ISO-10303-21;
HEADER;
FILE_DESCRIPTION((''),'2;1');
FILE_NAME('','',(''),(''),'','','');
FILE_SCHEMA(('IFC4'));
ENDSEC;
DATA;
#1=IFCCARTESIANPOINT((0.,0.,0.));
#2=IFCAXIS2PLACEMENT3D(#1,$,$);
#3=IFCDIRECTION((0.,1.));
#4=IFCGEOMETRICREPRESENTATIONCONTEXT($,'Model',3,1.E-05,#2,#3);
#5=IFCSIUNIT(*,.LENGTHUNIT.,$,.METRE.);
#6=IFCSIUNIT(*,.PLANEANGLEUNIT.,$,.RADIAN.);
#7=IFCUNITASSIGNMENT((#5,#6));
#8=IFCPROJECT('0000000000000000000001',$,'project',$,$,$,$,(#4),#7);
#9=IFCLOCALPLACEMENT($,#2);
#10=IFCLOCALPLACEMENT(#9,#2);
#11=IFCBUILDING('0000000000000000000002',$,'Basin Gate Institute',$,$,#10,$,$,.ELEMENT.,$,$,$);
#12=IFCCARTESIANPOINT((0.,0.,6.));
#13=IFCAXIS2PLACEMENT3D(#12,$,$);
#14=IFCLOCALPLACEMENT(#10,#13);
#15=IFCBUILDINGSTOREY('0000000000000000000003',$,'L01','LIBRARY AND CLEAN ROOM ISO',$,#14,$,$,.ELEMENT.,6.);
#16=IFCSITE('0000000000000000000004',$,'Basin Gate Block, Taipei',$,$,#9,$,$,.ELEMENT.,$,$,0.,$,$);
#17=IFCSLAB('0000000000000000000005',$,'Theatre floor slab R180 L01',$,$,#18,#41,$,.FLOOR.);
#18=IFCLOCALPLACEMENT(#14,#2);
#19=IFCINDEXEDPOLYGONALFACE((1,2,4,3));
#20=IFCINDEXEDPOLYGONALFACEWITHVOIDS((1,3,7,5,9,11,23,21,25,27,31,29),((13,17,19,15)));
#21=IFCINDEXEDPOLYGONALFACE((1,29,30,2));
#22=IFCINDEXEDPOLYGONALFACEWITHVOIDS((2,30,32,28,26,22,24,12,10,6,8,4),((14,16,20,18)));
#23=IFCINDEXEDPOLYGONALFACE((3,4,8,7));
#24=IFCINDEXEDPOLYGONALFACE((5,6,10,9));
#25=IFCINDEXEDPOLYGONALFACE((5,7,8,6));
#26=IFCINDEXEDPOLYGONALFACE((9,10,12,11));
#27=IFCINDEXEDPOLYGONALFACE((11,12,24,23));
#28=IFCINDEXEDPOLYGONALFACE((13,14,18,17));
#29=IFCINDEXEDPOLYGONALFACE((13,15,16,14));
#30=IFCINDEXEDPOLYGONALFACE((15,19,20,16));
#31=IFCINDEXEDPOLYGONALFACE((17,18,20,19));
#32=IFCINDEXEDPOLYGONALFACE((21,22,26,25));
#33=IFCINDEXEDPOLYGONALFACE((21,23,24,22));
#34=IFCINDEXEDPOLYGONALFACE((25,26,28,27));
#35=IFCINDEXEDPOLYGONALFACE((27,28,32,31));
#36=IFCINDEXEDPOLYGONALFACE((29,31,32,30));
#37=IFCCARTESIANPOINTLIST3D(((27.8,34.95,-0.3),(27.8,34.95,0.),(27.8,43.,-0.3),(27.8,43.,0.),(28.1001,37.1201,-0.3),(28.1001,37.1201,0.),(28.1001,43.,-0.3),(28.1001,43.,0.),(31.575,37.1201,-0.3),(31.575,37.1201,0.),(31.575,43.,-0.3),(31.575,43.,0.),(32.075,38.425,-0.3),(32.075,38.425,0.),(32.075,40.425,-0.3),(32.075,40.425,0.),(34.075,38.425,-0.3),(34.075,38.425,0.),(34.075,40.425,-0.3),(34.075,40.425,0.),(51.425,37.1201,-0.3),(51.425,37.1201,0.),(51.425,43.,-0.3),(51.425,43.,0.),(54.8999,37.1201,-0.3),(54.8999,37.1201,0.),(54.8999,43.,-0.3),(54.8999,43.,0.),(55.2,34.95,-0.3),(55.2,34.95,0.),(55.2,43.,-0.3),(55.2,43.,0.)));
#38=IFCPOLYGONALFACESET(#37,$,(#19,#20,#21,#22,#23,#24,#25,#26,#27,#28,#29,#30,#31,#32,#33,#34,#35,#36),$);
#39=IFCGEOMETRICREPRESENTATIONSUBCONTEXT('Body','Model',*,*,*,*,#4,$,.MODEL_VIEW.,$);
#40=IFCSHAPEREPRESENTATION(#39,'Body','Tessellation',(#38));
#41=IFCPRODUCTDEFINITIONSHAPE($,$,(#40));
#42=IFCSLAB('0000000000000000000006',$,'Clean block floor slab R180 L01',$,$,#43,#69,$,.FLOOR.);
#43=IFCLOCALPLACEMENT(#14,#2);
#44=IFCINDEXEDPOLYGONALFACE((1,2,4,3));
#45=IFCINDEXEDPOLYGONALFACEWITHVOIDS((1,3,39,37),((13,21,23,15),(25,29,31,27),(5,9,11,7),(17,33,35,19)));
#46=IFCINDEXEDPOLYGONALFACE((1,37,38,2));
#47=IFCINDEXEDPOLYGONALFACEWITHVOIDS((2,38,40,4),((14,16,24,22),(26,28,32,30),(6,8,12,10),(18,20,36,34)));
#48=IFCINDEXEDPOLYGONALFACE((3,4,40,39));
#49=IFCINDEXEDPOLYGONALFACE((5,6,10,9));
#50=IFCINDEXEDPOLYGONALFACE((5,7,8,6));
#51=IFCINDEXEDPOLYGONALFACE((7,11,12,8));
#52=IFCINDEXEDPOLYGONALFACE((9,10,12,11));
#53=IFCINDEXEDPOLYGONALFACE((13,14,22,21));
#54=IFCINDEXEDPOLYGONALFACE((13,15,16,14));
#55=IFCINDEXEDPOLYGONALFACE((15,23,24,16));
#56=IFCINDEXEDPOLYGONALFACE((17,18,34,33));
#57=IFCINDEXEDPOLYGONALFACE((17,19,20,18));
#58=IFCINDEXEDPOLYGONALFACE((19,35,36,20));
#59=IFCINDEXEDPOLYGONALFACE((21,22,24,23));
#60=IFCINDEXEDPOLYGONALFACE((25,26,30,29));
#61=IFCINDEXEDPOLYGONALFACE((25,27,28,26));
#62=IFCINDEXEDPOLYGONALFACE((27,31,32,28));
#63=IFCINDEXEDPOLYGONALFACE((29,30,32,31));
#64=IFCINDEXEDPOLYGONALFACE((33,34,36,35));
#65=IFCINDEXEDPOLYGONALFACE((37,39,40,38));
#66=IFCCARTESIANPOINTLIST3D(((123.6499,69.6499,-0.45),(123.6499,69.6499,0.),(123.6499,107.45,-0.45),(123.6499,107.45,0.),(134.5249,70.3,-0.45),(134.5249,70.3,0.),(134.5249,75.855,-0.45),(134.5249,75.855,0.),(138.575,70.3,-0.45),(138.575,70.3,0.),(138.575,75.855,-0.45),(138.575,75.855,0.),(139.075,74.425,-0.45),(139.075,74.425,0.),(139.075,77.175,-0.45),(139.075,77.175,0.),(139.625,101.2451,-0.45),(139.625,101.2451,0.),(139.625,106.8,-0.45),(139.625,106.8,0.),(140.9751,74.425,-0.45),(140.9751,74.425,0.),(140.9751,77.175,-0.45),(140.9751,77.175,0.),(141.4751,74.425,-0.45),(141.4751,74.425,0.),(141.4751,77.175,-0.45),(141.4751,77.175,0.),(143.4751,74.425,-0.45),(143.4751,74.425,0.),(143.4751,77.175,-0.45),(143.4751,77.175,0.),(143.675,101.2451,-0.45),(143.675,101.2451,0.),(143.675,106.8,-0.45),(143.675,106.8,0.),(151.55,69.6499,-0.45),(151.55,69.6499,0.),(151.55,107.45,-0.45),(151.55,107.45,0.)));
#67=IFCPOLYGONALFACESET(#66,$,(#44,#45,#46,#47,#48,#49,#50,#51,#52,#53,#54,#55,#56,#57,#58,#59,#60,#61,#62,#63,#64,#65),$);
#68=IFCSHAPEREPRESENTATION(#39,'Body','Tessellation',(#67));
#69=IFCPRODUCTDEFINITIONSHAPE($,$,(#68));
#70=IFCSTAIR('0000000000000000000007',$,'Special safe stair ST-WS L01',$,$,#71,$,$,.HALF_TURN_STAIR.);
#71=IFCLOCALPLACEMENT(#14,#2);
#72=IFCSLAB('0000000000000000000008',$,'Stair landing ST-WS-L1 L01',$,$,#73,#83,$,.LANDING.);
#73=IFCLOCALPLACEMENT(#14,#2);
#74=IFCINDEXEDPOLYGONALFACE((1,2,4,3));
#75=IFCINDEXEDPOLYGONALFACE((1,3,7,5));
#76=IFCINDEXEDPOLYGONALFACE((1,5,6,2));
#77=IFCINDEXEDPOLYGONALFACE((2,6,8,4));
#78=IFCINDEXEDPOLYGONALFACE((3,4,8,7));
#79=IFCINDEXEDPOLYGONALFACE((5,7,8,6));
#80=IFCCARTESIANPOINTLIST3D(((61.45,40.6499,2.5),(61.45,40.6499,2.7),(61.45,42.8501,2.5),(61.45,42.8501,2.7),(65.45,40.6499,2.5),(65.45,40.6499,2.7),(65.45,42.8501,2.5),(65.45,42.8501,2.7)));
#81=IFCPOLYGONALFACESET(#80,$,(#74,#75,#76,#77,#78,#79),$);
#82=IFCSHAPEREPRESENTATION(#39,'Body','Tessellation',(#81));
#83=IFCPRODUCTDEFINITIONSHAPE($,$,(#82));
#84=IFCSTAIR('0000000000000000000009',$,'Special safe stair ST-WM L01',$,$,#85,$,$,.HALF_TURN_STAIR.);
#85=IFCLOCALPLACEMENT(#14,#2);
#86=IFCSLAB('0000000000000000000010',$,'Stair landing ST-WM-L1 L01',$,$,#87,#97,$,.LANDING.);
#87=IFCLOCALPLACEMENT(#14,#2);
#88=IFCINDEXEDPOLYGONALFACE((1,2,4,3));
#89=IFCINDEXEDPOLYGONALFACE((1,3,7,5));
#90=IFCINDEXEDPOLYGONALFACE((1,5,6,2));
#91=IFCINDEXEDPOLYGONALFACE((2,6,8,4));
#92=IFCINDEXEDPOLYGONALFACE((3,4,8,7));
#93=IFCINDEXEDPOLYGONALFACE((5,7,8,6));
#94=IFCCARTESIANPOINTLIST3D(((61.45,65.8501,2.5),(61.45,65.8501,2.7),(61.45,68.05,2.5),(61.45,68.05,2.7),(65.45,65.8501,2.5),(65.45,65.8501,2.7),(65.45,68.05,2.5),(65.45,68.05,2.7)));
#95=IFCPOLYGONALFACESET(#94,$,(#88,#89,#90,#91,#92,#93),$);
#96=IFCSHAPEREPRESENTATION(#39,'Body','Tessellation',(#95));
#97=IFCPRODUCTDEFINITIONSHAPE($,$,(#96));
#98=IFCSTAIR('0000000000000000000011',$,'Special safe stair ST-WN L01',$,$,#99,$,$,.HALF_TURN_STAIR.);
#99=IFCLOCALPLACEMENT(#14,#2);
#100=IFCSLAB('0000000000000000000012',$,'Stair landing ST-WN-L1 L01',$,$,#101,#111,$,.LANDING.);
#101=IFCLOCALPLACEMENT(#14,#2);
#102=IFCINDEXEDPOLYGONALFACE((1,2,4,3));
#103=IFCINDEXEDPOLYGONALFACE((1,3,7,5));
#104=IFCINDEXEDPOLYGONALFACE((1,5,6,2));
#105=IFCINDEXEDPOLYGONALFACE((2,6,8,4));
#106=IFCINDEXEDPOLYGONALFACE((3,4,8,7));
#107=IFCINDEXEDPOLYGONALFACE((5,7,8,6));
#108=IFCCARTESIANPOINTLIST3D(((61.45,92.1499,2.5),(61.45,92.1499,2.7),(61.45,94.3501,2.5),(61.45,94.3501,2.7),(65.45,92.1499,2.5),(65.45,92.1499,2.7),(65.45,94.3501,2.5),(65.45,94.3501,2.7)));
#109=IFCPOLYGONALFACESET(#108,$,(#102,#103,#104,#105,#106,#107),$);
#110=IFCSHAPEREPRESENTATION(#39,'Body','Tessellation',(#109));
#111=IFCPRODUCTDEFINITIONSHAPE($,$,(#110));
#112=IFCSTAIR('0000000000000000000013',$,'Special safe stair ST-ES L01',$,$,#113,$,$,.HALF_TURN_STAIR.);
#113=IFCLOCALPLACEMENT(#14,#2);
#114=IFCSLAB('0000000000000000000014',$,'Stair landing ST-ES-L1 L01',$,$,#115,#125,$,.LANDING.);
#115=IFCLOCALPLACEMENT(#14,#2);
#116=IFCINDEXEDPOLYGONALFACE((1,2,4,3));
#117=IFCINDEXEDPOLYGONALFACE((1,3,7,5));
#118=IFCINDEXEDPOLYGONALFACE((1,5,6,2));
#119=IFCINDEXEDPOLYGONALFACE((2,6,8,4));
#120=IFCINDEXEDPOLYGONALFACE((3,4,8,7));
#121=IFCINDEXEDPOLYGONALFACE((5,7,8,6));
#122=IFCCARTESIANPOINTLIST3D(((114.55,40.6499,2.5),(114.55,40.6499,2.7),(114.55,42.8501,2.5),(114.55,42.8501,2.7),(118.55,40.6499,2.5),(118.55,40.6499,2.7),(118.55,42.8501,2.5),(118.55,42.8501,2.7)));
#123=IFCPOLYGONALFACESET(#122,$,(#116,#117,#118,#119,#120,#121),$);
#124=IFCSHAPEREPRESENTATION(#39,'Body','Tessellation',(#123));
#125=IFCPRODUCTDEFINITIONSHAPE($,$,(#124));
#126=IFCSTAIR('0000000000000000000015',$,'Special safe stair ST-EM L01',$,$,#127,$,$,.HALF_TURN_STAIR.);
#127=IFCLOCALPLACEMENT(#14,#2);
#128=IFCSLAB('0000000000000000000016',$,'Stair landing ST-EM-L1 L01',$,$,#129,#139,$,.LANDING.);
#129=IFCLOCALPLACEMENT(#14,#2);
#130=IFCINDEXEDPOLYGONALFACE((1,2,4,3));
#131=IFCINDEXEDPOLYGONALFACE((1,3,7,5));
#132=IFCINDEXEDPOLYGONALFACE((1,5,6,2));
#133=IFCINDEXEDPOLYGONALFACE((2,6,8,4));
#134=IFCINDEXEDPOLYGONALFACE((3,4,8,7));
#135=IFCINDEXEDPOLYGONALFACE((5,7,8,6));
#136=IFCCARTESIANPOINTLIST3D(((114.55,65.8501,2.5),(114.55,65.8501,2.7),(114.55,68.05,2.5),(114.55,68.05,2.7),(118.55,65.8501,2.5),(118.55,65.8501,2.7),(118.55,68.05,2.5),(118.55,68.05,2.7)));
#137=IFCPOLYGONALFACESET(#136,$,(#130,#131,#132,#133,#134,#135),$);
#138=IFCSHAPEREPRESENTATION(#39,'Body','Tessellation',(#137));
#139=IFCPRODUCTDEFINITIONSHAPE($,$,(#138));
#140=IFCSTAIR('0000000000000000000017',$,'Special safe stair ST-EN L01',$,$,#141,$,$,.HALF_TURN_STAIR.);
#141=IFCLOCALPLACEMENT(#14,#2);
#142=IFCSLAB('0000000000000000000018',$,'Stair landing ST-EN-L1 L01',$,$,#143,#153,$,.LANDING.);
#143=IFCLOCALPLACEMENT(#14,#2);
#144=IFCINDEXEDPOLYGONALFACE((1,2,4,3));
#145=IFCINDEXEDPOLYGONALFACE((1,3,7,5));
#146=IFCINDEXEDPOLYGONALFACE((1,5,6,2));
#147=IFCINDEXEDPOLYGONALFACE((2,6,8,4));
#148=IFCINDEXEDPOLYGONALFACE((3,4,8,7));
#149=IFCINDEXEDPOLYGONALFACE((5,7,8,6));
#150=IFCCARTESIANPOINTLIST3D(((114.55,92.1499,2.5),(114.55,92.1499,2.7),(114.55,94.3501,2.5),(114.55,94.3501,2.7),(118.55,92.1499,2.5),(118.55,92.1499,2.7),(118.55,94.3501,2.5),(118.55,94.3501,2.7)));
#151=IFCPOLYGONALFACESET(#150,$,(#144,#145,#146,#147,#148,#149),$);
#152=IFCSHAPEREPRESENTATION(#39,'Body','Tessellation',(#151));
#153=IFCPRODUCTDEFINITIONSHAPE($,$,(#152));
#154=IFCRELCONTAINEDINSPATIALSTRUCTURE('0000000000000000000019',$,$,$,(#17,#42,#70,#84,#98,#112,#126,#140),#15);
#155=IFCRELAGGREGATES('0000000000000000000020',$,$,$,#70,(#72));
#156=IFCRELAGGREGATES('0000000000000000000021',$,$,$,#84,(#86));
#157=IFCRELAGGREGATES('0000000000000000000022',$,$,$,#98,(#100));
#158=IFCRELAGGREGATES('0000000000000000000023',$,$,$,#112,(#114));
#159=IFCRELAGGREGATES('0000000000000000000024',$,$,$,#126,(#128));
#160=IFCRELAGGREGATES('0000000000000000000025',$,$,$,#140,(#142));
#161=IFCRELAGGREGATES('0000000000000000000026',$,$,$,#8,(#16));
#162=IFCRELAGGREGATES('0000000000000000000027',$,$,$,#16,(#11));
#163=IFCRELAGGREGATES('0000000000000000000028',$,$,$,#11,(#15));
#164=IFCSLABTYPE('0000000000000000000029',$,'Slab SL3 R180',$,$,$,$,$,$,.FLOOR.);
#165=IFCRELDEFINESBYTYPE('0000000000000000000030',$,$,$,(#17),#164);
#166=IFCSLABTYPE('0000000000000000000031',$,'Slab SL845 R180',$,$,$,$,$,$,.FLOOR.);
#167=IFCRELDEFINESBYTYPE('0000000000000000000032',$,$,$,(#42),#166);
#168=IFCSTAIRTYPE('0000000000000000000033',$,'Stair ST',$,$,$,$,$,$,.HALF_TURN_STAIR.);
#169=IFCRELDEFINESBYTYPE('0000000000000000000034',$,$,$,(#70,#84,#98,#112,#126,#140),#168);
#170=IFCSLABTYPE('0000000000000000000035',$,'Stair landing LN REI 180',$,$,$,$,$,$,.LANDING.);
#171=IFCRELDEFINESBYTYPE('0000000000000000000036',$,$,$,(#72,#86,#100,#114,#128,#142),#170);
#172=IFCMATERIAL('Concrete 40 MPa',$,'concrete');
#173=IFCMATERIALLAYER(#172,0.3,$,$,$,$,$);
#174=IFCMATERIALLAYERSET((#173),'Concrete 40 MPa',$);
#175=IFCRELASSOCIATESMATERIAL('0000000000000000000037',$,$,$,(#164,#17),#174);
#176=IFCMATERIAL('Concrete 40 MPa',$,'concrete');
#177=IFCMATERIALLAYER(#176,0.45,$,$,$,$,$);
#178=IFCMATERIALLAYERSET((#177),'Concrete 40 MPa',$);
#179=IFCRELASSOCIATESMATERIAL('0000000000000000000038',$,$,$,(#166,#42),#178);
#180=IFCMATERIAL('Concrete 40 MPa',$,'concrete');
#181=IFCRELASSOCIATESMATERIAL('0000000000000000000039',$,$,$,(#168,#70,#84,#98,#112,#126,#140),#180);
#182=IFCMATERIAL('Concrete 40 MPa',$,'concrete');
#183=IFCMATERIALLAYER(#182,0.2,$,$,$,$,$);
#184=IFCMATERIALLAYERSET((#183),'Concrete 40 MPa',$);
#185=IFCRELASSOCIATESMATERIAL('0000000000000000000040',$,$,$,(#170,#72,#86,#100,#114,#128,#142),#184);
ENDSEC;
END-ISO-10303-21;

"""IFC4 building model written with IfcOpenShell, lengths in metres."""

from ifc_helpers import new_model, si_unit, direction, frame, origin, place, context, subcontext, project, spatial, polyline, outline, extrude, material, layer, layer_set, type_object, element, aggregate, save


model = new_model("IFC4")

# Units and contexts
model_context = context("Model", 3, precision=1e-05, world=origin(), true_north=direction((0.0, 1.0)))
body_context = subcontext(model_context, "Body", "Model", "MODEL_VIEW")
ifc_project = project(units=[si_unit("LENGTHUNIT", "METRE"), si_unit("PLANEANGLEUNIT", "RADIAN")], contexts=[model_context])

# Site, building, storey
site_placement = place(None, origin())
site = spatial("IfcSite", under=ifc_project, at=site_placement, Name="Basin Gate Block, Taipei", CompositionType="ELEMENT", RefElevation=0.0)
building_placement = place(site_placement, origin())
building = spatial("IfcBuilding", under=site, at=building_placement, Name="Basin Gate Institute", CompositionType="ELEMENT")
storey_placement = place(building_placement, frame((0.0, 0.0, 6.0)))
storey = spatial("IfcBuildingStorey", under=building, at=storey_placement, Name="L01", Description="LIBRARY AND CLEAN ROOM ISO", CompositionType="ELEMENT", Elevation=6.0)

# Slabs
ifc_material_1 = material(Name="Concrete 40 MPa", Category="concrete")
ifc_layer_1 = layer(ifc_material_1, 0.3)
ifc_layer_set_1 = layer_set([ifc_layer_1], Name="Concrete 40 MPa")
slab_type_1 = type_object("IfcSlabType", Name="Slab SL3 R180", PredefinedType="FLOOR", material=ifc_layer_set_1)
slab_1_placement = place(storey_placement, frame((0.0, 0.0, -0.3)))
element("IfcSlab", 1, at=slab_1_placement, inside=storey, type_object=slab_type_1, material=ifc_layer_set_1, Name="Theatre floor slab R180 L01", PredefinedType="FLOOR", context=body_context, shape_type="SweptSolid", body=[
    extrude(outline(polyline([(55.2, 43.0), (54.8999, 43.0), (54.8999, 37.1201), (51.425, 37.1201), (51.425, 43.0), (31.575, 43.0), (31.575, 37.1201), (28.1001, 37.1201), (28.1001, 43.0), (27.8, 43.0), (27.8, 34.95), (55.2, 34.95), (55.2, 43.0)]), holes=[polyline([(32.075, 38.425), (32.075, 40.425), (34.075, 40.425), (34.075, 38.425), (32.075, 38.425)])]), origin(), (0.0, 0.0, 1.0), 0.3),
])
ifc_material_2 = material(Name="Concrete 40 MPa", Category="concrete")
ifc_layer_2 = layer(ifc_material_2, 0.45)
ifc_layer_set_2 = layer_set([ifc_layer_2], Name="Concrete 40 MPa")
slab_type_2 = type_object("IfcSlabType", Name="Slab SL845 R180", PredefinedType="FLOOR", material=ifc_layer_set_2)
slab_2_placement = place(storey_placement, frame((0.0, 0.0, -0.45)))
element("IfcSlab", 2, at=slab_2_placement, inside=storey, type_object=slab_type_2, material=ifc_layer_set_2, Name="Clean block floor slab R180 L01", PredefinedType="FLOOR", context=body_context, shape_type="SweptSolid", body=[
    extrude(outline(polyline([(123.6499, 107.45), (123.6499, 69.6499), (151.55, 69.6499), (151.55, 107.45), (123.6499, 107.45)]), holes=[polyline([(134.5249, 75.855), (138.575, 75.855), (138.575, 70.3), (134.5249, 70.3), (134.5249, 75.855)]), polyline([(139.075, 77.175), (140.9751, 77.175), (140.9751, 74.425), (139.075, 74.425), (139.075, 77.175)]), polyline([(141.4751, 77.175), (143.4751, 77.175), (143.4751, 74.425), (141.4751, 74.425), (141.4751, 77.175)]), polyline([(139.625, 106.8), (143.675, 106.8), (143.675, 101.2451), (139.625, 101.2451), (139.625, 106.8)])]), origin(), (0.0, 0.0, 1.0), 0.45),
])

# Stairs, slabs
ifc_material_3 = material(Name="Concrete 40 MPa", Category="concrete")
stair_type_1 = type_object("IfcStairType", Name="Stair ST", PredefinedType="HALF_TURN_STAIR", material=ifc_material_3)
stair_1_placement = place(storey_placement, origin())
stair_1 = element("IfcStair", 3, at=stair_1_placement, inside=storey, type_object=stair_type_1, material=ifc_material_3, Name="Special safe stair ST-WS L01", PredefinedType="HALF_TURN_STAIR")
ifc_material_4 = material(Name="Concrete 40 MPa", Category="concrete")
ifc_layer_3 = layer(ifc_material_4, 0.2)
ifc_layer_set_3 = layer_set([ifc_layer_3], Name="Concrete 40 MPa")
slab_type_3 = type_object("IfcSlabType", Name="Stair landing LN REI 180", PredefinedType="LANDING", material=ifc_layer_set_3)
slab_3_placement = place(storey_placement, frame((0.0, 0.0, 2.5)))
slab_3 = element("IfcSlab", 4, at=slab_3_placement, type_object=slab_type_3, material=ifc_layer_set_3, Name="Stair landing ST-WS-L1 L01", PredefinedType="LANDING", context=body_context, shape_type="SweptSolid", body=[
    extrude(outline(polyline([(61.45, 40.6499), (65.45, 40.6499), (65.45, 42.8501), (61.45, 42.8501), (61.45, 40.6499)])), origin(), (0.0, 0.0, 1.0), 0.2),
])
aggregate(stair_1, [slab_3])
stair_2_placement = place(storey_placement, origin())
stair_2 = element("IfcStair", 5, at=stair_2_placement, inside=storey, type_object=stair_type_1, material=ifc_material_3, Name="Special safe stair ST-WM L01", PredefinedType="HALF_TURN_STAIR")
slab_4_placement = place(storey_placement, frame((0.0, 0.0, 2.5)))
slab_4 = element("IfcSlab", 6, at=slab_4_placement, type_object=slab_type_3, material=ifc_layer_set_3, Name="Stair landing ST-WM-L1 L01", PredefinedType="LANDING", context=body_context, shape_type="SweptSolid", body=[
    extrude(outline(polyline([(61.45, 65.8501), (65.45, 65.8501), (65.45, 68.05), (61.45, 68.05), (61.45, 65.8501)])), origin(), (0.0, 0.0, 1.0), 0.2),
])
aggregate(stair_2, [slab_4])
stair_3_placement = place(storey_placement, origin())
stair_3 = element("IfcStair", 7, at=stair_3_placement, inside=storey, type_object=stair_type_1, material=ifc_material_3, Name="Special safe stair ST-WN L01", PredefinedType="HALF_TURN_STAIR")
slab_5_placement = place(storey_placement, frame((0.0, 0.0, 2.5)))
slab_5 = element("IfcSlab", 8, at=slab_5_placement, type_object=slab_type_3, material=ifc_layer_set_3, Name="Stair landing ST-WN-L1 L01", PredefinedType="LANDING", context=body_context, shape_type="SweptSolid", body=[
    extrude(outline(polyline([(61.45, 92.1499), (65.45, 92.1499), (65.45, 94.3501), (61.45, 94.3501), (61.45, 92.1499)])), origin(), (0.0, 0.0, 1.0), 0.2),
])
aggregate(stair_3, [slab_5])
stair_4_placement = place(storey_placement, origin())
stair_4 = element("IfcStair", 9, at=stair_4_placement, inside=storey, type_object=stair_type_1, material=ifc_material_3, Name="Special safe stair ST-ES L01", PredefinedType="HALF_TURN_STAIR")
slab_6_placement = place(storey_placement, frame((0.0, 0.0, 2.5)))
slab_6 = element("IfcSlab", 10, at=slab_6_placement, type_object=slab_type_3, material=ifc_layer_set_3, Name="Stair landing ST-ES-L1 L01", PredefinedType="LANDING", context=body_context, shape_type="SweptSolid", body=[
    extrude(outline(polyline([(118.55, 42.8501), (114.55, 42.8501), (114.55, 40.6499), (118.55, 40.6499), (118.55, 42.8501)])), origin(), (0.0, 0.0, 1.0), 0.2),
])
aggregate(stair_4, [slab_6])
stair_5_placement = place(storey_placement, origin())
stair_5 = element("IfcStair", 11, at=stair_5_placement, inside=storey, type_object=stair_type_1, material=ifc_material_3, Name="Special safe stair ST-EM L01", PredefinedType="HALF_TURN_STAIR")
slab_7_placement = place(storey_placement, frame((0.0, 0.0, 2.5)))
slab_7 = element("IfcSlab", 12, at=slab_7_placement, type_object=slab_type_3, material=ifc_layer_set_3, Name="Stair landing ST-EM-L1 L01", PredefinedType="LANDING", context=body_context, shape_type="SweptSolid", body=[
    extrude(outline(polyline([(118.55, 68.05), (114.55, 68.05), (114.55, 65.8501), (118.55, 65.8501), (118.55, 68.05)])), origin(), (0.0, 0.0, 1.0), 0.2),
])
aggregate(stair_5, [slab_7])
stair_6_placement = place(storey_placement, origin())
stair_6 = element("IfcStair", 13, at=stair_6_placement, inside=storey, type_object=stair_type_1, material=ifc_material_3, Name="Special safe stair ST-EN L01", PredefinedType="HALF_TURN_STAIR")
slab_8_placement = place(storey_placement, frame((0.0, 0.0, 2.5)))
slab_8 = element("IfcSlab", 14, at=slab_8_placement, type_object=slab_type_3, material=ifc_layer_set_3, Name="Stair landing ST-EN-L1 L01", PredefinedType="LANDING", context=body_context, shape_type="SweptSolid", body=[
    extrude(outline(polyline([(118.55, 94.3501), (114.55, 94.3501), (114.55, 92.1499), (118.55, 92.1499), (118.55, 94.3501)])), origin(), (0.0, 0.0, 1.0), 0.2),
])
aggregate(stair_6, [slab_8])

save(model, "model.ifc")
